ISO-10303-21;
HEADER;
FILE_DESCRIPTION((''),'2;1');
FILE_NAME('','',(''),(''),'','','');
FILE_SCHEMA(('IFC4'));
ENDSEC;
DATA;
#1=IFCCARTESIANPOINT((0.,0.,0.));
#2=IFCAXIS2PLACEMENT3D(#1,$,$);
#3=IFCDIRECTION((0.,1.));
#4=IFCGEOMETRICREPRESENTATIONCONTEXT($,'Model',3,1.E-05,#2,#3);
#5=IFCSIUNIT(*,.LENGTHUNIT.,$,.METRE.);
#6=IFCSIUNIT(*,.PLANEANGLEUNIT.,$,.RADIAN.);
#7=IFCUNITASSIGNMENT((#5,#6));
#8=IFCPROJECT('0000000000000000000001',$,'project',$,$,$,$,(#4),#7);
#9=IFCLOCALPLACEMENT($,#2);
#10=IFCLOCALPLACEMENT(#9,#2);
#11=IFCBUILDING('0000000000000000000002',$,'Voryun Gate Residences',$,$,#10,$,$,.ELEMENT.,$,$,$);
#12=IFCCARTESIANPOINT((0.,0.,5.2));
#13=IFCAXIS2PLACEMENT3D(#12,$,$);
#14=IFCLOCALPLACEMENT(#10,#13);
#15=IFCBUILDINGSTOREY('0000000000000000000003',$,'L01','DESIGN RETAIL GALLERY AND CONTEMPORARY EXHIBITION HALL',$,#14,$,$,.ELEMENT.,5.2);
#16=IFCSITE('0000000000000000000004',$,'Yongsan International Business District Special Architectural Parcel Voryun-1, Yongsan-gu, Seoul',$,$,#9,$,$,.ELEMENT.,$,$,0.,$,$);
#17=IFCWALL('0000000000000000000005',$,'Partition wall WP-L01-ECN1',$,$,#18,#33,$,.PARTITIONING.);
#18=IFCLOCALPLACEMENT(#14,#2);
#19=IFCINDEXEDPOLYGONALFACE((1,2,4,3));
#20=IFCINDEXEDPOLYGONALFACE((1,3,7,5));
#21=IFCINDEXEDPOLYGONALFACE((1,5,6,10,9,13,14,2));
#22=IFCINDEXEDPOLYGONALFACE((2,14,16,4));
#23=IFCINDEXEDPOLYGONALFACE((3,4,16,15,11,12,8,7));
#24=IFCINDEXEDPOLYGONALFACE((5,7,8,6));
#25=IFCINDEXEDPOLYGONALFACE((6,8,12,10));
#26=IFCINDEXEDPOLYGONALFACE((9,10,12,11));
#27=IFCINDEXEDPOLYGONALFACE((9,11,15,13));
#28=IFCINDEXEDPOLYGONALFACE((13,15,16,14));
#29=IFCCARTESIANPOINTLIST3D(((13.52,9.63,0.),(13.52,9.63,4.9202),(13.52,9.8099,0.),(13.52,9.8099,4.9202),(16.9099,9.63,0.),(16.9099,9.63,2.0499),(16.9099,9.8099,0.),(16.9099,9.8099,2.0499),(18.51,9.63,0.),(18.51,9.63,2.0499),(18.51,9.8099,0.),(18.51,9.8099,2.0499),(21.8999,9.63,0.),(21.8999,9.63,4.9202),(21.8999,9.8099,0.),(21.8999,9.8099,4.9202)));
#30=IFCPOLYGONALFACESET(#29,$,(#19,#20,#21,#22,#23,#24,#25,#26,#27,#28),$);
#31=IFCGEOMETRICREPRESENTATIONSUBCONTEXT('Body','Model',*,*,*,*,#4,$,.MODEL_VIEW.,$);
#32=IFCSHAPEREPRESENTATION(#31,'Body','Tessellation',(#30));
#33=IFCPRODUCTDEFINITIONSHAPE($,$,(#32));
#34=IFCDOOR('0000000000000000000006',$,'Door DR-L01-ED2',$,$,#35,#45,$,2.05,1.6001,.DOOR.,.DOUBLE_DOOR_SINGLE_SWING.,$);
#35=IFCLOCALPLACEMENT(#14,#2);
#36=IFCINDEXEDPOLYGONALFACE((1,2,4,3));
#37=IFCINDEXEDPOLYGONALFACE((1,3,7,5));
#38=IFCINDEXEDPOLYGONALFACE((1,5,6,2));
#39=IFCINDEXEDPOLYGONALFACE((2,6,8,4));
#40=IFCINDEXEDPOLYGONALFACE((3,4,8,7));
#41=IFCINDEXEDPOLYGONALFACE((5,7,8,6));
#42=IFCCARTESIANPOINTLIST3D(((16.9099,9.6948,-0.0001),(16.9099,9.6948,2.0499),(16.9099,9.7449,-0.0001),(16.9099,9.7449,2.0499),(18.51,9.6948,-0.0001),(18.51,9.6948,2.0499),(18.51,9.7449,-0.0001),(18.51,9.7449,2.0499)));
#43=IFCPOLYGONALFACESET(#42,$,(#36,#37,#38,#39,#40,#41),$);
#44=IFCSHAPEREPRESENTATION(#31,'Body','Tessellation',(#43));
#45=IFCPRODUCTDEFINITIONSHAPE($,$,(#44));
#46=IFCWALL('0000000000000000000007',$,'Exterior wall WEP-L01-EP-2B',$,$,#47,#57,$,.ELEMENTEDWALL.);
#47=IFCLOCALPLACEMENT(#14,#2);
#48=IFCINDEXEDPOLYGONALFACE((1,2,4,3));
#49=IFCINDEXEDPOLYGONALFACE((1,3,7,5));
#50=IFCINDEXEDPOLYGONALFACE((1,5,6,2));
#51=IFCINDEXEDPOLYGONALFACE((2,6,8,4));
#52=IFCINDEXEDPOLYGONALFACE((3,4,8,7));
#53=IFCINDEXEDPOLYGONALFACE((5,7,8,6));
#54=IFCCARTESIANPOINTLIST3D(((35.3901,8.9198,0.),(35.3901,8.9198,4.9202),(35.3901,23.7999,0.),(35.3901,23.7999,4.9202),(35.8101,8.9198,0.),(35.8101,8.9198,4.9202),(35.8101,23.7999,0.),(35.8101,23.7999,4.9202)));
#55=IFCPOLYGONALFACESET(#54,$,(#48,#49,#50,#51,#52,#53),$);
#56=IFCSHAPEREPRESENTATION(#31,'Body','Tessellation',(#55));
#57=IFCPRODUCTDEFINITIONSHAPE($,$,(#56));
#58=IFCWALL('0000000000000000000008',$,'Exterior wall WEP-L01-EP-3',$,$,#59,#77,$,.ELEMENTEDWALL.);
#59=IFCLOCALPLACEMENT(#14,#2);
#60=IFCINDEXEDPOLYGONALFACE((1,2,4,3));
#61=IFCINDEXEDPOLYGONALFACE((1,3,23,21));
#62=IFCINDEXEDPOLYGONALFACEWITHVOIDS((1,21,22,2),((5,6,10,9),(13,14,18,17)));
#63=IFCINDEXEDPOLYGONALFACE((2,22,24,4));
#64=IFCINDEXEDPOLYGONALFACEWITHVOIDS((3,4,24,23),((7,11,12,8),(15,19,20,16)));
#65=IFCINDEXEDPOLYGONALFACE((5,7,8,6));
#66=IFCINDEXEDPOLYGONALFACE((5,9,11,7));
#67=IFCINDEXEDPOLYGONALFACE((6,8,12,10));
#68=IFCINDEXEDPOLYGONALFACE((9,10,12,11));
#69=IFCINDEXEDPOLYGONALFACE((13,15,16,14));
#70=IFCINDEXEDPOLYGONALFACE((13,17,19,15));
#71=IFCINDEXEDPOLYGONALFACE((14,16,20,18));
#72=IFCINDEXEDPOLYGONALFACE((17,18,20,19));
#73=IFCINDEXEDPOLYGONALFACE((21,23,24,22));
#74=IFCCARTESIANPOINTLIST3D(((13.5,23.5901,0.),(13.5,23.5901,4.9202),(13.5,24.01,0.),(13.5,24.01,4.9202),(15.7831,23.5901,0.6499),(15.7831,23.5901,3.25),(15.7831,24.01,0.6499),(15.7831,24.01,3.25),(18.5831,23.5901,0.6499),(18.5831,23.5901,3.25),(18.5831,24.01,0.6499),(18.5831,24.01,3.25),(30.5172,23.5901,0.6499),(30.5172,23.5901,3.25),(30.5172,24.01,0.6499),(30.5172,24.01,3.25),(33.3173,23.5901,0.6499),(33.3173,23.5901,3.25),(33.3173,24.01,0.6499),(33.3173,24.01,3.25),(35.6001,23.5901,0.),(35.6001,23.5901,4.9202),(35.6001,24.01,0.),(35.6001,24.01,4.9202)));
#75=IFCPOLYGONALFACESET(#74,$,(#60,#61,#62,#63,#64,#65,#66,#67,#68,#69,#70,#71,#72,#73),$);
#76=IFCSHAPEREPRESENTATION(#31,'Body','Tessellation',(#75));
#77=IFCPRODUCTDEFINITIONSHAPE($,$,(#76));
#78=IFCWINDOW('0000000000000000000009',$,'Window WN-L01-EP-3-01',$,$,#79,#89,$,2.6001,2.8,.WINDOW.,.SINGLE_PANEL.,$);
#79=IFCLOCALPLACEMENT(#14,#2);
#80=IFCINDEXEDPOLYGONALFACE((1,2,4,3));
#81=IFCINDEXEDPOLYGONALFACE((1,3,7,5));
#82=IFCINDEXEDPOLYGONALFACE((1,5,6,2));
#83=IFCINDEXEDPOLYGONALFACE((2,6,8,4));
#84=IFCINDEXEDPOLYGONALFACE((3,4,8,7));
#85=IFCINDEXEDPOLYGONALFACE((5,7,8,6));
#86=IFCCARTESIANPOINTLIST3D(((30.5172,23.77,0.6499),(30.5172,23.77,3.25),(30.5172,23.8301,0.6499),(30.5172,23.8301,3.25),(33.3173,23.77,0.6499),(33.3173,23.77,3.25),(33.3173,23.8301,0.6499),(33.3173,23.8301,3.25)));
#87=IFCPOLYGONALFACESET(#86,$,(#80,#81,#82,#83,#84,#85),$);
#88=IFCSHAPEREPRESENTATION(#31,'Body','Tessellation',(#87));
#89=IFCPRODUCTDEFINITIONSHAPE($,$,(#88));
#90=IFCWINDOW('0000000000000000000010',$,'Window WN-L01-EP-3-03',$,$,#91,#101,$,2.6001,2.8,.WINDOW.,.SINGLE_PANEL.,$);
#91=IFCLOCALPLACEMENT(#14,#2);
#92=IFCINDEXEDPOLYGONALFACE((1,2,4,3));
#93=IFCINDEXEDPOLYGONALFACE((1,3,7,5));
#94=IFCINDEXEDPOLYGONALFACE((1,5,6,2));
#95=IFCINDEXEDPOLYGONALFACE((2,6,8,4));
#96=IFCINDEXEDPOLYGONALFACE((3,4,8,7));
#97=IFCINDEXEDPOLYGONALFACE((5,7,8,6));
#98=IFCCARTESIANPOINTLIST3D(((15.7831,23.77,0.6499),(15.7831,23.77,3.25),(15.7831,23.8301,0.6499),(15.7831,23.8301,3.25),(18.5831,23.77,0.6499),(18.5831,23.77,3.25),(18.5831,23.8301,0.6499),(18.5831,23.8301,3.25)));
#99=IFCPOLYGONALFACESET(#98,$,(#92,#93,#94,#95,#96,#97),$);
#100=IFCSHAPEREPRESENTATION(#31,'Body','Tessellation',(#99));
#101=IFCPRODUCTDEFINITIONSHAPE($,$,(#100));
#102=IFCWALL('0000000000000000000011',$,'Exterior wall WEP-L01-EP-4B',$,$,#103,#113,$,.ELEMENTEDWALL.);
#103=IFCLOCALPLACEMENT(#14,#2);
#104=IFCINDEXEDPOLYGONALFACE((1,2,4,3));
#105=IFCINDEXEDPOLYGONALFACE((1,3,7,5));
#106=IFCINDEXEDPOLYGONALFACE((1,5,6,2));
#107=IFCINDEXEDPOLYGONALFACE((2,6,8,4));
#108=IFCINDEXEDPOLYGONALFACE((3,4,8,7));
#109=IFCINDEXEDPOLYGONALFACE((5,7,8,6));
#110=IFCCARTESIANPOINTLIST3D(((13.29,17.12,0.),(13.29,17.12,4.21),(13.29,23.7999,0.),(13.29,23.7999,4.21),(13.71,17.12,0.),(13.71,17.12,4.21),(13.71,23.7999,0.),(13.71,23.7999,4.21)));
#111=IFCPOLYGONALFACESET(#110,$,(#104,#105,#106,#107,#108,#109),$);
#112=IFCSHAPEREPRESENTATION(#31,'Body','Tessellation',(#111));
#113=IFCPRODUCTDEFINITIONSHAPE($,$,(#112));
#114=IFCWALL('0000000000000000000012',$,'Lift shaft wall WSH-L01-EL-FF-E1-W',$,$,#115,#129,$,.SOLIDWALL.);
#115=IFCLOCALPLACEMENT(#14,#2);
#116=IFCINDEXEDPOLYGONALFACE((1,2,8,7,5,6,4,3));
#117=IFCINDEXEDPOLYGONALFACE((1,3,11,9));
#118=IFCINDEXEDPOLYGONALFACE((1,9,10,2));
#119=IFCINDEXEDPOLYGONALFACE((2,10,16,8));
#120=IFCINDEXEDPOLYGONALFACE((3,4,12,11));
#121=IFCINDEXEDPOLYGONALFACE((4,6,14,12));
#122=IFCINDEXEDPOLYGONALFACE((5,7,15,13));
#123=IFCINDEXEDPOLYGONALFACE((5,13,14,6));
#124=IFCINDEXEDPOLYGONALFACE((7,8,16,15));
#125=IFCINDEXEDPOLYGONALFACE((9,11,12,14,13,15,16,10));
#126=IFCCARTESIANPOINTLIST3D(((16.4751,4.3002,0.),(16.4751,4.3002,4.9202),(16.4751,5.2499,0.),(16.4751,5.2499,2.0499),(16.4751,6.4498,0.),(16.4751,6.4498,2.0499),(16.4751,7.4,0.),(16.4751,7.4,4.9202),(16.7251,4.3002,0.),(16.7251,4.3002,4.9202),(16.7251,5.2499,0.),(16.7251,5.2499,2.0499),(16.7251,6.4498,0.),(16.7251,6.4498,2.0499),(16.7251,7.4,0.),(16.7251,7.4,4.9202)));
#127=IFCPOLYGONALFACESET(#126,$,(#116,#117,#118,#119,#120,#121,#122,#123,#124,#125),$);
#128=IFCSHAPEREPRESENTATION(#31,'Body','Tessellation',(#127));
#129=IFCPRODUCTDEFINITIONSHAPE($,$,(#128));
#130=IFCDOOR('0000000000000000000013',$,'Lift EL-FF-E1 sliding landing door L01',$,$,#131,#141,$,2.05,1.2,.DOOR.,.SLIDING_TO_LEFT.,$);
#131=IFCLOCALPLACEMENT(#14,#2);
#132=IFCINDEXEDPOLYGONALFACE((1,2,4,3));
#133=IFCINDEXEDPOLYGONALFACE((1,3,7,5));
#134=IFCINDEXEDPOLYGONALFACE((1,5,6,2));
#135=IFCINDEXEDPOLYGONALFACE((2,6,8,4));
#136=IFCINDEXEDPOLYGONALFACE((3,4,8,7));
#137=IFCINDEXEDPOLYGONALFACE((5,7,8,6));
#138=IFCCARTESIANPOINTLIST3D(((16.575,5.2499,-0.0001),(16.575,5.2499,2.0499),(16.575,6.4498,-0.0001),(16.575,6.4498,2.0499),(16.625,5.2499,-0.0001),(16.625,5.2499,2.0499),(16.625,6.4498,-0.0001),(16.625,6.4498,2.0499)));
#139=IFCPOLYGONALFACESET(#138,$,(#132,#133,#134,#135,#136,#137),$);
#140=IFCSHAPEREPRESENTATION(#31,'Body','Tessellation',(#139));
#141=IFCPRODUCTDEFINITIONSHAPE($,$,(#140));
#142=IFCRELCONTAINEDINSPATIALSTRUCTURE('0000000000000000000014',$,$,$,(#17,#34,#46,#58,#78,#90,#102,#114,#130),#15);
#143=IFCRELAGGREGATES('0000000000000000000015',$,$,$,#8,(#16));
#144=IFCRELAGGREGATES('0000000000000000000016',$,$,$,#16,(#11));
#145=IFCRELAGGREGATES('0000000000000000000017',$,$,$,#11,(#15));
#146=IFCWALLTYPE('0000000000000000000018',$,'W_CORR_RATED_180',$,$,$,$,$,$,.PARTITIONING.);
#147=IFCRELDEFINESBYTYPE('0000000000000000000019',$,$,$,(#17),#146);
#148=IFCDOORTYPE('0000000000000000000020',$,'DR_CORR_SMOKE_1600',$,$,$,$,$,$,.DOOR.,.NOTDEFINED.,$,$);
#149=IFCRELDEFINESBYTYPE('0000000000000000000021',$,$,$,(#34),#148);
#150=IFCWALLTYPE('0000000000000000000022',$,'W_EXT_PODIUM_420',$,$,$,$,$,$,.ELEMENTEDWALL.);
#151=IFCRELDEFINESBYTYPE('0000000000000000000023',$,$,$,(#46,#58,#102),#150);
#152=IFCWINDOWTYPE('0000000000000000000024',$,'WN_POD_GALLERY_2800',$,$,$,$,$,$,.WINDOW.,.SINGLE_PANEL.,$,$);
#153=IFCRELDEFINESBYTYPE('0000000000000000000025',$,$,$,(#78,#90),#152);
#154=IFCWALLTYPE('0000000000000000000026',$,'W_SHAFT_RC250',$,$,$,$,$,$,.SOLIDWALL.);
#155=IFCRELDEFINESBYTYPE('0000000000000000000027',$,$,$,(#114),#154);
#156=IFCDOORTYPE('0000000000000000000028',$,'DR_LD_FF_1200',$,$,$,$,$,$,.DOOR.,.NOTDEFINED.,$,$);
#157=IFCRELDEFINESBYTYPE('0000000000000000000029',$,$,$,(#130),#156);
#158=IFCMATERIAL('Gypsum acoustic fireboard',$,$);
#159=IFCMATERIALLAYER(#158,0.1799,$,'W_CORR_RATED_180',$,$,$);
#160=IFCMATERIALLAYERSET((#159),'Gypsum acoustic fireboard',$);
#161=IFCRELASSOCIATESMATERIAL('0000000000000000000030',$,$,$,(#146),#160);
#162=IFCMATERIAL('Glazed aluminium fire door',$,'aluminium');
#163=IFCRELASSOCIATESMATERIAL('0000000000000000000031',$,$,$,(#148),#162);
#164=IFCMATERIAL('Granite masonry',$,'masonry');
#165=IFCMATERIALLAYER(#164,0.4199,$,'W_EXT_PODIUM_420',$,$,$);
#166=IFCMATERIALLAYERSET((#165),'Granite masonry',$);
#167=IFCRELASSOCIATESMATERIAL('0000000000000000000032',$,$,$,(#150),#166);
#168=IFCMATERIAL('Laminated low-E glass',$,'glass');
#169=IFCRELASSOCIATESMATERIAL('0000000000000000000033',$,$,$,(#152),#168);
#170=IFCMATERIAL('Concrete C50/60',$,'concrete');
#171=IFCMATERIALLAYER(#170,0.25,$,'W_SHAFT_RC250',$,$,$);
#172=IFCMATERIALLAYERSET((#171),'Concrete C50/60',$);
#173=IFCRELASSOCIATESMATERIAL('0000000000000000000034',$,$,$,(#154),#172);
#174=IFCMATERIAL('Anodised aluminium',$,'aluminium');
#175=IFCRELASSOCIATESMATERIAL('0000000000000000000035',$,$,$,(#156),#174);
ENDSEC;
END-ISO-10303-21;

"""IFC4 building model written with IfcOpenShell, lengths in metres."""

from ifc_helpers import new_model, si_unit, direction, frame, frame_2d, origin, place, context, subcontext, project, spatial, rectangle, extrude, material, layer, layer_set, type_object, element, fill, save


model = new_model("IFC4")

# Units and contexts
model_context = context("Model", 3, precision=1e-05, world=origin(), true_north=direction((0.0, 1.0)))
body_context = subcontext(model_context, "Body", "Model", "MODEL_VIEW")
ifc_project = project(units=[si_unit("LENGTHUNIT", "METRE"), si_unit("PLANEANGLEUNIT", "RADIAN")], contexts=[model_context])

# Site, building, storey
site_placement = place(None, origin())
site = spatial("IfcSite", under=ifc_project, at=site_placement, Name="Yongsan International Business District Special Architectural Parcel Voryun-1, Yongsan-gu, Seoul", CompositionType="ELEMENT", RefElevation=0.0)
building_placement = place(site_placement, origin())
building = spatial("IfcBuilding", under=site, at=building_placement, Name="Voryun Gate Residences", CompositionType="ELEMENT")
storey_placement = place(building_placement, frame((0.0, 0.0, 5.2)))
storey = spatial("IfcBuildingStorey", under=building, at=storey_placement, Name="L01", Description="DESIGN RETAIL GALLERY AND CONTEMPORARY EXHIBITION HALL", CompositionType="ELEMENT", Elevation=5.2)

# Wall, opening, door
ifc_material_1 = material(Name="Gypsum acoustic fireboard")
ifc_layer_1 = layer(ifc_material_1, 0.1799, Name="W_CORR_RATED_180")
ifc_layer_set_1 = layer_set([ifc_layer_1], Name="Gypsum acoustic fireboard")
wall_type_1 = type_object("IfcWallType", Name="W_CORR_RATED_180", PredefinedType="PARTITIONING", material=ifc_layer_set_1)
wall_1_placement = place(storey_placement, frame((13.52, 9.72, 0.0), z_axis=(0.0, 0.0, 1.0), x_axis=(1.0, 0.0, 0.0)))
wall_1 = element("IfcWall", 1, at=wall_1_placement, inside=storey, type_object=wall_type_1, Name="Partition wall WP-L01-ECN1", PredefinedType="PARTITIONING", context=body_context, shape_type="SweptSolid", body=[
    extrude(rectangle(XDim=8.3799, YDim=0.1799, at=frame_2d((4.1899, 0.0))), origin(), (0.0, 0.0, 1.0), 4.9202),
])
opening_1_placement = place(wall_1_placement, frame((3.3899, 0.0, 0.0)))
opening_1 = element("IfcOpeningElement", 2, at=opening_1_placement, cuts=wall_1, PredefinedType="OPENING", context=body_context, shape_type="SweptSolid", body=[
    extrude(rectangle(XDim=1.6001, YDim=2.05, at=frame_2d((0.8, 1.0249))), frame((0.0, 0.0999, 0.0), z_axis=(0.0, -1.0, 0.0), x_axis=(1.0, 0.0, 0.0)), (0.0, 0.0, 1.0), 0.2),
])
ifc_material_2 = material(Name="Glazed aluminium fire door", Category="aluminium")
door_type_1 = type_object("IfcDoorType", Name="DR_CORR_SMOKE_1600", OperationType="NOTDEFINED", PredefinedType="DOOR", material=ifc_material_2)
door_1_placement = place(opening_1_placement, origin())
door_1 = element("IfcDoor", 3, at=door_1_placement, inside=storey, type_object=door_type_1, Name="Door DR-L01-ED2", OperationType="DOUBLE_DOOR_SINGLE_SWING", OverallHeight=2.05, OverallWidth=1.6001, PredefinedType="DOOR", context=body_context, shape_type="SweptSolid", body=[
    extrude(rectangle(XDim=1.6001, YDim=2.05, at=frame_2d((0.8, 1.0249))), frame((0.0, 0.0249, 0.0), z_axis=(0.0, -1.0, 0.0), x_axis=(1.0, 0.0, 0.0)), (0.0, 0.0, 1.0), 0.05),
])
fill(opening_1, door_1)

# Wall
ifc_material_3 = material(Name="Granite masonry", Category="masonry")
ifc_layer_2 = layer(ifc_material_3, 0.4199, Name="W_EXT_PODIUM_420")
ifc_layer_set_2 = layer_set([ifc_layer_2], Name="Granite masonry")
wall_type_2 = type_object("IfcWallType", Name="W_EXT_PODIUM_420", PredefinedType="ELEMENTEDWALL", material=ifc_layer_set_2)
wall_2_placement = place(storey_placement, frame((35.6001, 8.9199, 0.0), z_axis=(0.0, 0.0, 1.0), x_axis=(0.0, 1.0, 0.0)))
element("IfcWall", 4, at=wall_2_placement, inside=storey, type_object=wall_type_2, Name="Exterior wall WEP-L01-EP-2B", PredefinedType="ELEMENTEDWALL", context=body_context, shape_type="SweptSolid", body=[
    extrude(rectangle(XDim=14.8801, YDim=0.4199, at=frame_2d((7.4399, 0.0))), origin(), (0.0, 0.0, 1.0), 4.9202),
])

# Wall, openings, windows
wall_3_placement = place(storey_placement, frame((35.6001, 23.8, 0.0), z_axis=(0.0, 0.0, 1.0), x_axis=(-1.0, 0.0, 0.0)))
wall_3 = element("IfcWall", 5, at=wall_3_placement, inside=storey, type_object=wall_type_2, Name="Exterior wall WEP-L01-EP-3", PredefinedType="ELEMENTEDWALL", context=body_context, shape_type="SweptSolid", body=[
    extrude(rectangle(XDim=22.1001, YDim=0.4199, at=frame_2d((11.05, 0.0))), origin(), (0.0, 0.0, 1.0), 4.9202),
])
opening_2_placement = place(wall_3_placement, frame((2.283, 0.0, 0.6499)))
opening_2 = element("IfcOpeningElement", 6, at=opening_2_placement, cuts=wall_3, PredefinedType="OPENING", context=body_context, shape_type="SweptSolid", body=[
    extrude(rectangle(XDim=2.8, YDim=2.6001, at=frame_2d((1.3999, 1.3))), frame((0.0, 0.22, 0.0), z_axis=(0.0, -1.0, 0.0), x_axis=(1.0, 0.0, 0.0)), (0.0, 0.0, 1.0), 0.4399),
])
opening_3_placement = place(wall_3_placement, frame((17.0171, 0.0, 0.6499)))
opening_3 = element("IfcOpeningElement", 7, at=opening_3_placement, cuts=wall_3, PredefinedType="OPENING", context=body_context, shape_type="SweptSolid", body=[
    extrude(rectangle(XDim=2.8, YDim=2.6001, at=frame_2d((1.3999, 1.3))), frame((0.0, 0.22, 0.0), z_axis=(0.0, -1.0, 0.0), x_axis=(1.0, 0.0, 0.0)), (0.0, 0.0, 1.0), 0.4399),
])
ifc_material_4 = material(Name="Laminated low-E glass", Category="glass")
window_type = type_object("IfcWindowType", Name="WN_POD_GALLERY_2800", PartitioningType="SINGLE_PANEL", PredefinedType="WINDOW", material=ifc_material_4)
window_1_placement = place(opening_2_placement, origin())
window_1 = element("IfcWindow", 8, at=window_1_placement, inside=storey, type_object=window_type, Name="Window WN-L01-EP-3-01", OverallHeight=2.6001, OverallWidth=2.8, PartitioningType="SINGLE_PANEL", PredefinedType="WINDOW", context=body_context, shape_type="SweptSolid", body=[
    extrude(rectangle(XDim=2.8, YDim=2.6001, at=frame_2d((1.3999, 1.3))), frame((0.0, 0.03, 0.0), z_axis=(0.0, -1.0, 0.0), x_axis=(1.0, 0.0, 0.0)), (0.0, 0.0, 1.0), 0.0601),
])
fill(opening_2, window_1)
window_2_placement = place(opening_3_placement, origin())
window_2 = element("IfcWindow", 9, at=window_2_placement, inside=storey, type_object=window_type, Name="Window WN-L01-EP-3-03", OverallHeight=2.6001, OverallWidth=2.8, PartitioningType="SINGLE_PANEL", PredefinedType="WINDOW", context=body_context, shape_type="SweptSolid", body=[
    extrude(rectangle(XDim=2.8, YDim=2.6001, at=frame_2d((1.3999, 1.3))), frame((0.0, 0.03, 0.0), z_axis=(0.0, -1.0, 0.0), x_axis=(1.0, 0.0, 0.0)), (0.0, 0.0, 1.0), 0.0601),
])
fill(opening_3, window_2)

# Wall
wall_4_placement = place(storey_placement, frame((13.5, 17.1201, 0.0), z_axis=(0.0, 0.0, 1.0), x_axis=(0.0, 1.0, 0.0)))
element("IfcWall", 10, at=wall_4_placement, inside=storey, type_object=wall_type_2, Name="Exterior wall WEP-L01-EP-4B", PredefinedType="ELEMENTEDWALL", context=body_context, shape_type="SweptSolid", body=[
    extrude(rectangle(XDim=6.6799, YDim=0.4199, at=frame_2d((3.3398, 0.0))), origin(), (0.0, 0.0, 1.0), 4.21),
])

# Wall, opening, door
ifc_material_5 = material(Name="Concrete C50/60", Category="concrete")
ifc_layer_3 = layer(ifc_material_5, 0.25, Name="W_SHAFT_RC250")
ifc_layer_set_3 = layer_set([ifc_layer_3], Name="Concrete C50/60")
wall_type_3 = type_object("IfcWallType", Name="W_SHAFT_RC250", PredefinedType="SOLIDWALL", material=ifc_layer_set_3)
wall_5_placement = place(storey_placement, frame((16.6001, 7.3999, 0.0), z_axis=(0.0, 0.0, 1.0), x_axis=(0.0, -1.0, 0.0)))
wall_5 = element("IfcWall", 11, at=wall_5_placement, inside=storey, type_object=wall_type_3, Name="Lift shaft wall WSH-L01-EL-FF-E1-W", PredefinedType="SOLIDWALL", context=body_context, shape_type="SweptSolid", body=[
    extrude(rectangle(XDim=3.0999, YDim=0.25, at=frame_2d((1.5498, 0.0))), origin(), (0.0, 0.0, 1.0), 4.9202),
])
opening_4_placement = place(wall_5_placement, frame((0.95, 0.0, 0.0)))
opening_4 = element("IfcOpeningElement", 12, at=opening_4_placement, cuts=wall_5, PredefinedType="OPENING", context=body_context, shape_type="SweptSolid", body=[
    extrude(rectangle(XDim=1.2, YDim=2.05, at=frame_2d((0.6001, 1.0249))), frame((0.0, 0.135, 0.0), z_axis=(0.0, -1.0, 0.0), x_axis=(1.0, 0.0, 0.0)), (0.0, 0.0, 1.0), 0.27),
])
ifc_material_6 = material(Name="Anodised aluminium", Category="aluminium")
door_type_2 = type_object("IfcDoorType", Name="DR_LD_FF_1200", OperationType="NOTDEFINED", PredefinedType="DOOR", material=ifc_material_6)
door_2_placement = place(opening_4_placement, origin())
door_2 = element("IfcDoor", 13, at=door_2_placement, inside=storey, type_object=door_type_2, Name="Lift EL-FF-E1 sliding landing door L01", OperationType="SLIDING_TO_LEFT", OverallHeight=2.05, OverallWidth=1.2, PredefinedType="DOOR", context=body_context, shape_type="SweptSolid", body=[
    extrude(rectangle(XDim=1.2, YDim=2.05, at=frame_2d((0.6001, 1.0249))), frame((0.0, 0.0249, 0.0), z_axis=(0.0, -1.0, 0.0), x_axis=(1.0, 0.0, 0.0)), (0.0, 0.0, 1.0), 0.05),
])
fill(opening_4, door_2)

save(model, "model.ifc")
